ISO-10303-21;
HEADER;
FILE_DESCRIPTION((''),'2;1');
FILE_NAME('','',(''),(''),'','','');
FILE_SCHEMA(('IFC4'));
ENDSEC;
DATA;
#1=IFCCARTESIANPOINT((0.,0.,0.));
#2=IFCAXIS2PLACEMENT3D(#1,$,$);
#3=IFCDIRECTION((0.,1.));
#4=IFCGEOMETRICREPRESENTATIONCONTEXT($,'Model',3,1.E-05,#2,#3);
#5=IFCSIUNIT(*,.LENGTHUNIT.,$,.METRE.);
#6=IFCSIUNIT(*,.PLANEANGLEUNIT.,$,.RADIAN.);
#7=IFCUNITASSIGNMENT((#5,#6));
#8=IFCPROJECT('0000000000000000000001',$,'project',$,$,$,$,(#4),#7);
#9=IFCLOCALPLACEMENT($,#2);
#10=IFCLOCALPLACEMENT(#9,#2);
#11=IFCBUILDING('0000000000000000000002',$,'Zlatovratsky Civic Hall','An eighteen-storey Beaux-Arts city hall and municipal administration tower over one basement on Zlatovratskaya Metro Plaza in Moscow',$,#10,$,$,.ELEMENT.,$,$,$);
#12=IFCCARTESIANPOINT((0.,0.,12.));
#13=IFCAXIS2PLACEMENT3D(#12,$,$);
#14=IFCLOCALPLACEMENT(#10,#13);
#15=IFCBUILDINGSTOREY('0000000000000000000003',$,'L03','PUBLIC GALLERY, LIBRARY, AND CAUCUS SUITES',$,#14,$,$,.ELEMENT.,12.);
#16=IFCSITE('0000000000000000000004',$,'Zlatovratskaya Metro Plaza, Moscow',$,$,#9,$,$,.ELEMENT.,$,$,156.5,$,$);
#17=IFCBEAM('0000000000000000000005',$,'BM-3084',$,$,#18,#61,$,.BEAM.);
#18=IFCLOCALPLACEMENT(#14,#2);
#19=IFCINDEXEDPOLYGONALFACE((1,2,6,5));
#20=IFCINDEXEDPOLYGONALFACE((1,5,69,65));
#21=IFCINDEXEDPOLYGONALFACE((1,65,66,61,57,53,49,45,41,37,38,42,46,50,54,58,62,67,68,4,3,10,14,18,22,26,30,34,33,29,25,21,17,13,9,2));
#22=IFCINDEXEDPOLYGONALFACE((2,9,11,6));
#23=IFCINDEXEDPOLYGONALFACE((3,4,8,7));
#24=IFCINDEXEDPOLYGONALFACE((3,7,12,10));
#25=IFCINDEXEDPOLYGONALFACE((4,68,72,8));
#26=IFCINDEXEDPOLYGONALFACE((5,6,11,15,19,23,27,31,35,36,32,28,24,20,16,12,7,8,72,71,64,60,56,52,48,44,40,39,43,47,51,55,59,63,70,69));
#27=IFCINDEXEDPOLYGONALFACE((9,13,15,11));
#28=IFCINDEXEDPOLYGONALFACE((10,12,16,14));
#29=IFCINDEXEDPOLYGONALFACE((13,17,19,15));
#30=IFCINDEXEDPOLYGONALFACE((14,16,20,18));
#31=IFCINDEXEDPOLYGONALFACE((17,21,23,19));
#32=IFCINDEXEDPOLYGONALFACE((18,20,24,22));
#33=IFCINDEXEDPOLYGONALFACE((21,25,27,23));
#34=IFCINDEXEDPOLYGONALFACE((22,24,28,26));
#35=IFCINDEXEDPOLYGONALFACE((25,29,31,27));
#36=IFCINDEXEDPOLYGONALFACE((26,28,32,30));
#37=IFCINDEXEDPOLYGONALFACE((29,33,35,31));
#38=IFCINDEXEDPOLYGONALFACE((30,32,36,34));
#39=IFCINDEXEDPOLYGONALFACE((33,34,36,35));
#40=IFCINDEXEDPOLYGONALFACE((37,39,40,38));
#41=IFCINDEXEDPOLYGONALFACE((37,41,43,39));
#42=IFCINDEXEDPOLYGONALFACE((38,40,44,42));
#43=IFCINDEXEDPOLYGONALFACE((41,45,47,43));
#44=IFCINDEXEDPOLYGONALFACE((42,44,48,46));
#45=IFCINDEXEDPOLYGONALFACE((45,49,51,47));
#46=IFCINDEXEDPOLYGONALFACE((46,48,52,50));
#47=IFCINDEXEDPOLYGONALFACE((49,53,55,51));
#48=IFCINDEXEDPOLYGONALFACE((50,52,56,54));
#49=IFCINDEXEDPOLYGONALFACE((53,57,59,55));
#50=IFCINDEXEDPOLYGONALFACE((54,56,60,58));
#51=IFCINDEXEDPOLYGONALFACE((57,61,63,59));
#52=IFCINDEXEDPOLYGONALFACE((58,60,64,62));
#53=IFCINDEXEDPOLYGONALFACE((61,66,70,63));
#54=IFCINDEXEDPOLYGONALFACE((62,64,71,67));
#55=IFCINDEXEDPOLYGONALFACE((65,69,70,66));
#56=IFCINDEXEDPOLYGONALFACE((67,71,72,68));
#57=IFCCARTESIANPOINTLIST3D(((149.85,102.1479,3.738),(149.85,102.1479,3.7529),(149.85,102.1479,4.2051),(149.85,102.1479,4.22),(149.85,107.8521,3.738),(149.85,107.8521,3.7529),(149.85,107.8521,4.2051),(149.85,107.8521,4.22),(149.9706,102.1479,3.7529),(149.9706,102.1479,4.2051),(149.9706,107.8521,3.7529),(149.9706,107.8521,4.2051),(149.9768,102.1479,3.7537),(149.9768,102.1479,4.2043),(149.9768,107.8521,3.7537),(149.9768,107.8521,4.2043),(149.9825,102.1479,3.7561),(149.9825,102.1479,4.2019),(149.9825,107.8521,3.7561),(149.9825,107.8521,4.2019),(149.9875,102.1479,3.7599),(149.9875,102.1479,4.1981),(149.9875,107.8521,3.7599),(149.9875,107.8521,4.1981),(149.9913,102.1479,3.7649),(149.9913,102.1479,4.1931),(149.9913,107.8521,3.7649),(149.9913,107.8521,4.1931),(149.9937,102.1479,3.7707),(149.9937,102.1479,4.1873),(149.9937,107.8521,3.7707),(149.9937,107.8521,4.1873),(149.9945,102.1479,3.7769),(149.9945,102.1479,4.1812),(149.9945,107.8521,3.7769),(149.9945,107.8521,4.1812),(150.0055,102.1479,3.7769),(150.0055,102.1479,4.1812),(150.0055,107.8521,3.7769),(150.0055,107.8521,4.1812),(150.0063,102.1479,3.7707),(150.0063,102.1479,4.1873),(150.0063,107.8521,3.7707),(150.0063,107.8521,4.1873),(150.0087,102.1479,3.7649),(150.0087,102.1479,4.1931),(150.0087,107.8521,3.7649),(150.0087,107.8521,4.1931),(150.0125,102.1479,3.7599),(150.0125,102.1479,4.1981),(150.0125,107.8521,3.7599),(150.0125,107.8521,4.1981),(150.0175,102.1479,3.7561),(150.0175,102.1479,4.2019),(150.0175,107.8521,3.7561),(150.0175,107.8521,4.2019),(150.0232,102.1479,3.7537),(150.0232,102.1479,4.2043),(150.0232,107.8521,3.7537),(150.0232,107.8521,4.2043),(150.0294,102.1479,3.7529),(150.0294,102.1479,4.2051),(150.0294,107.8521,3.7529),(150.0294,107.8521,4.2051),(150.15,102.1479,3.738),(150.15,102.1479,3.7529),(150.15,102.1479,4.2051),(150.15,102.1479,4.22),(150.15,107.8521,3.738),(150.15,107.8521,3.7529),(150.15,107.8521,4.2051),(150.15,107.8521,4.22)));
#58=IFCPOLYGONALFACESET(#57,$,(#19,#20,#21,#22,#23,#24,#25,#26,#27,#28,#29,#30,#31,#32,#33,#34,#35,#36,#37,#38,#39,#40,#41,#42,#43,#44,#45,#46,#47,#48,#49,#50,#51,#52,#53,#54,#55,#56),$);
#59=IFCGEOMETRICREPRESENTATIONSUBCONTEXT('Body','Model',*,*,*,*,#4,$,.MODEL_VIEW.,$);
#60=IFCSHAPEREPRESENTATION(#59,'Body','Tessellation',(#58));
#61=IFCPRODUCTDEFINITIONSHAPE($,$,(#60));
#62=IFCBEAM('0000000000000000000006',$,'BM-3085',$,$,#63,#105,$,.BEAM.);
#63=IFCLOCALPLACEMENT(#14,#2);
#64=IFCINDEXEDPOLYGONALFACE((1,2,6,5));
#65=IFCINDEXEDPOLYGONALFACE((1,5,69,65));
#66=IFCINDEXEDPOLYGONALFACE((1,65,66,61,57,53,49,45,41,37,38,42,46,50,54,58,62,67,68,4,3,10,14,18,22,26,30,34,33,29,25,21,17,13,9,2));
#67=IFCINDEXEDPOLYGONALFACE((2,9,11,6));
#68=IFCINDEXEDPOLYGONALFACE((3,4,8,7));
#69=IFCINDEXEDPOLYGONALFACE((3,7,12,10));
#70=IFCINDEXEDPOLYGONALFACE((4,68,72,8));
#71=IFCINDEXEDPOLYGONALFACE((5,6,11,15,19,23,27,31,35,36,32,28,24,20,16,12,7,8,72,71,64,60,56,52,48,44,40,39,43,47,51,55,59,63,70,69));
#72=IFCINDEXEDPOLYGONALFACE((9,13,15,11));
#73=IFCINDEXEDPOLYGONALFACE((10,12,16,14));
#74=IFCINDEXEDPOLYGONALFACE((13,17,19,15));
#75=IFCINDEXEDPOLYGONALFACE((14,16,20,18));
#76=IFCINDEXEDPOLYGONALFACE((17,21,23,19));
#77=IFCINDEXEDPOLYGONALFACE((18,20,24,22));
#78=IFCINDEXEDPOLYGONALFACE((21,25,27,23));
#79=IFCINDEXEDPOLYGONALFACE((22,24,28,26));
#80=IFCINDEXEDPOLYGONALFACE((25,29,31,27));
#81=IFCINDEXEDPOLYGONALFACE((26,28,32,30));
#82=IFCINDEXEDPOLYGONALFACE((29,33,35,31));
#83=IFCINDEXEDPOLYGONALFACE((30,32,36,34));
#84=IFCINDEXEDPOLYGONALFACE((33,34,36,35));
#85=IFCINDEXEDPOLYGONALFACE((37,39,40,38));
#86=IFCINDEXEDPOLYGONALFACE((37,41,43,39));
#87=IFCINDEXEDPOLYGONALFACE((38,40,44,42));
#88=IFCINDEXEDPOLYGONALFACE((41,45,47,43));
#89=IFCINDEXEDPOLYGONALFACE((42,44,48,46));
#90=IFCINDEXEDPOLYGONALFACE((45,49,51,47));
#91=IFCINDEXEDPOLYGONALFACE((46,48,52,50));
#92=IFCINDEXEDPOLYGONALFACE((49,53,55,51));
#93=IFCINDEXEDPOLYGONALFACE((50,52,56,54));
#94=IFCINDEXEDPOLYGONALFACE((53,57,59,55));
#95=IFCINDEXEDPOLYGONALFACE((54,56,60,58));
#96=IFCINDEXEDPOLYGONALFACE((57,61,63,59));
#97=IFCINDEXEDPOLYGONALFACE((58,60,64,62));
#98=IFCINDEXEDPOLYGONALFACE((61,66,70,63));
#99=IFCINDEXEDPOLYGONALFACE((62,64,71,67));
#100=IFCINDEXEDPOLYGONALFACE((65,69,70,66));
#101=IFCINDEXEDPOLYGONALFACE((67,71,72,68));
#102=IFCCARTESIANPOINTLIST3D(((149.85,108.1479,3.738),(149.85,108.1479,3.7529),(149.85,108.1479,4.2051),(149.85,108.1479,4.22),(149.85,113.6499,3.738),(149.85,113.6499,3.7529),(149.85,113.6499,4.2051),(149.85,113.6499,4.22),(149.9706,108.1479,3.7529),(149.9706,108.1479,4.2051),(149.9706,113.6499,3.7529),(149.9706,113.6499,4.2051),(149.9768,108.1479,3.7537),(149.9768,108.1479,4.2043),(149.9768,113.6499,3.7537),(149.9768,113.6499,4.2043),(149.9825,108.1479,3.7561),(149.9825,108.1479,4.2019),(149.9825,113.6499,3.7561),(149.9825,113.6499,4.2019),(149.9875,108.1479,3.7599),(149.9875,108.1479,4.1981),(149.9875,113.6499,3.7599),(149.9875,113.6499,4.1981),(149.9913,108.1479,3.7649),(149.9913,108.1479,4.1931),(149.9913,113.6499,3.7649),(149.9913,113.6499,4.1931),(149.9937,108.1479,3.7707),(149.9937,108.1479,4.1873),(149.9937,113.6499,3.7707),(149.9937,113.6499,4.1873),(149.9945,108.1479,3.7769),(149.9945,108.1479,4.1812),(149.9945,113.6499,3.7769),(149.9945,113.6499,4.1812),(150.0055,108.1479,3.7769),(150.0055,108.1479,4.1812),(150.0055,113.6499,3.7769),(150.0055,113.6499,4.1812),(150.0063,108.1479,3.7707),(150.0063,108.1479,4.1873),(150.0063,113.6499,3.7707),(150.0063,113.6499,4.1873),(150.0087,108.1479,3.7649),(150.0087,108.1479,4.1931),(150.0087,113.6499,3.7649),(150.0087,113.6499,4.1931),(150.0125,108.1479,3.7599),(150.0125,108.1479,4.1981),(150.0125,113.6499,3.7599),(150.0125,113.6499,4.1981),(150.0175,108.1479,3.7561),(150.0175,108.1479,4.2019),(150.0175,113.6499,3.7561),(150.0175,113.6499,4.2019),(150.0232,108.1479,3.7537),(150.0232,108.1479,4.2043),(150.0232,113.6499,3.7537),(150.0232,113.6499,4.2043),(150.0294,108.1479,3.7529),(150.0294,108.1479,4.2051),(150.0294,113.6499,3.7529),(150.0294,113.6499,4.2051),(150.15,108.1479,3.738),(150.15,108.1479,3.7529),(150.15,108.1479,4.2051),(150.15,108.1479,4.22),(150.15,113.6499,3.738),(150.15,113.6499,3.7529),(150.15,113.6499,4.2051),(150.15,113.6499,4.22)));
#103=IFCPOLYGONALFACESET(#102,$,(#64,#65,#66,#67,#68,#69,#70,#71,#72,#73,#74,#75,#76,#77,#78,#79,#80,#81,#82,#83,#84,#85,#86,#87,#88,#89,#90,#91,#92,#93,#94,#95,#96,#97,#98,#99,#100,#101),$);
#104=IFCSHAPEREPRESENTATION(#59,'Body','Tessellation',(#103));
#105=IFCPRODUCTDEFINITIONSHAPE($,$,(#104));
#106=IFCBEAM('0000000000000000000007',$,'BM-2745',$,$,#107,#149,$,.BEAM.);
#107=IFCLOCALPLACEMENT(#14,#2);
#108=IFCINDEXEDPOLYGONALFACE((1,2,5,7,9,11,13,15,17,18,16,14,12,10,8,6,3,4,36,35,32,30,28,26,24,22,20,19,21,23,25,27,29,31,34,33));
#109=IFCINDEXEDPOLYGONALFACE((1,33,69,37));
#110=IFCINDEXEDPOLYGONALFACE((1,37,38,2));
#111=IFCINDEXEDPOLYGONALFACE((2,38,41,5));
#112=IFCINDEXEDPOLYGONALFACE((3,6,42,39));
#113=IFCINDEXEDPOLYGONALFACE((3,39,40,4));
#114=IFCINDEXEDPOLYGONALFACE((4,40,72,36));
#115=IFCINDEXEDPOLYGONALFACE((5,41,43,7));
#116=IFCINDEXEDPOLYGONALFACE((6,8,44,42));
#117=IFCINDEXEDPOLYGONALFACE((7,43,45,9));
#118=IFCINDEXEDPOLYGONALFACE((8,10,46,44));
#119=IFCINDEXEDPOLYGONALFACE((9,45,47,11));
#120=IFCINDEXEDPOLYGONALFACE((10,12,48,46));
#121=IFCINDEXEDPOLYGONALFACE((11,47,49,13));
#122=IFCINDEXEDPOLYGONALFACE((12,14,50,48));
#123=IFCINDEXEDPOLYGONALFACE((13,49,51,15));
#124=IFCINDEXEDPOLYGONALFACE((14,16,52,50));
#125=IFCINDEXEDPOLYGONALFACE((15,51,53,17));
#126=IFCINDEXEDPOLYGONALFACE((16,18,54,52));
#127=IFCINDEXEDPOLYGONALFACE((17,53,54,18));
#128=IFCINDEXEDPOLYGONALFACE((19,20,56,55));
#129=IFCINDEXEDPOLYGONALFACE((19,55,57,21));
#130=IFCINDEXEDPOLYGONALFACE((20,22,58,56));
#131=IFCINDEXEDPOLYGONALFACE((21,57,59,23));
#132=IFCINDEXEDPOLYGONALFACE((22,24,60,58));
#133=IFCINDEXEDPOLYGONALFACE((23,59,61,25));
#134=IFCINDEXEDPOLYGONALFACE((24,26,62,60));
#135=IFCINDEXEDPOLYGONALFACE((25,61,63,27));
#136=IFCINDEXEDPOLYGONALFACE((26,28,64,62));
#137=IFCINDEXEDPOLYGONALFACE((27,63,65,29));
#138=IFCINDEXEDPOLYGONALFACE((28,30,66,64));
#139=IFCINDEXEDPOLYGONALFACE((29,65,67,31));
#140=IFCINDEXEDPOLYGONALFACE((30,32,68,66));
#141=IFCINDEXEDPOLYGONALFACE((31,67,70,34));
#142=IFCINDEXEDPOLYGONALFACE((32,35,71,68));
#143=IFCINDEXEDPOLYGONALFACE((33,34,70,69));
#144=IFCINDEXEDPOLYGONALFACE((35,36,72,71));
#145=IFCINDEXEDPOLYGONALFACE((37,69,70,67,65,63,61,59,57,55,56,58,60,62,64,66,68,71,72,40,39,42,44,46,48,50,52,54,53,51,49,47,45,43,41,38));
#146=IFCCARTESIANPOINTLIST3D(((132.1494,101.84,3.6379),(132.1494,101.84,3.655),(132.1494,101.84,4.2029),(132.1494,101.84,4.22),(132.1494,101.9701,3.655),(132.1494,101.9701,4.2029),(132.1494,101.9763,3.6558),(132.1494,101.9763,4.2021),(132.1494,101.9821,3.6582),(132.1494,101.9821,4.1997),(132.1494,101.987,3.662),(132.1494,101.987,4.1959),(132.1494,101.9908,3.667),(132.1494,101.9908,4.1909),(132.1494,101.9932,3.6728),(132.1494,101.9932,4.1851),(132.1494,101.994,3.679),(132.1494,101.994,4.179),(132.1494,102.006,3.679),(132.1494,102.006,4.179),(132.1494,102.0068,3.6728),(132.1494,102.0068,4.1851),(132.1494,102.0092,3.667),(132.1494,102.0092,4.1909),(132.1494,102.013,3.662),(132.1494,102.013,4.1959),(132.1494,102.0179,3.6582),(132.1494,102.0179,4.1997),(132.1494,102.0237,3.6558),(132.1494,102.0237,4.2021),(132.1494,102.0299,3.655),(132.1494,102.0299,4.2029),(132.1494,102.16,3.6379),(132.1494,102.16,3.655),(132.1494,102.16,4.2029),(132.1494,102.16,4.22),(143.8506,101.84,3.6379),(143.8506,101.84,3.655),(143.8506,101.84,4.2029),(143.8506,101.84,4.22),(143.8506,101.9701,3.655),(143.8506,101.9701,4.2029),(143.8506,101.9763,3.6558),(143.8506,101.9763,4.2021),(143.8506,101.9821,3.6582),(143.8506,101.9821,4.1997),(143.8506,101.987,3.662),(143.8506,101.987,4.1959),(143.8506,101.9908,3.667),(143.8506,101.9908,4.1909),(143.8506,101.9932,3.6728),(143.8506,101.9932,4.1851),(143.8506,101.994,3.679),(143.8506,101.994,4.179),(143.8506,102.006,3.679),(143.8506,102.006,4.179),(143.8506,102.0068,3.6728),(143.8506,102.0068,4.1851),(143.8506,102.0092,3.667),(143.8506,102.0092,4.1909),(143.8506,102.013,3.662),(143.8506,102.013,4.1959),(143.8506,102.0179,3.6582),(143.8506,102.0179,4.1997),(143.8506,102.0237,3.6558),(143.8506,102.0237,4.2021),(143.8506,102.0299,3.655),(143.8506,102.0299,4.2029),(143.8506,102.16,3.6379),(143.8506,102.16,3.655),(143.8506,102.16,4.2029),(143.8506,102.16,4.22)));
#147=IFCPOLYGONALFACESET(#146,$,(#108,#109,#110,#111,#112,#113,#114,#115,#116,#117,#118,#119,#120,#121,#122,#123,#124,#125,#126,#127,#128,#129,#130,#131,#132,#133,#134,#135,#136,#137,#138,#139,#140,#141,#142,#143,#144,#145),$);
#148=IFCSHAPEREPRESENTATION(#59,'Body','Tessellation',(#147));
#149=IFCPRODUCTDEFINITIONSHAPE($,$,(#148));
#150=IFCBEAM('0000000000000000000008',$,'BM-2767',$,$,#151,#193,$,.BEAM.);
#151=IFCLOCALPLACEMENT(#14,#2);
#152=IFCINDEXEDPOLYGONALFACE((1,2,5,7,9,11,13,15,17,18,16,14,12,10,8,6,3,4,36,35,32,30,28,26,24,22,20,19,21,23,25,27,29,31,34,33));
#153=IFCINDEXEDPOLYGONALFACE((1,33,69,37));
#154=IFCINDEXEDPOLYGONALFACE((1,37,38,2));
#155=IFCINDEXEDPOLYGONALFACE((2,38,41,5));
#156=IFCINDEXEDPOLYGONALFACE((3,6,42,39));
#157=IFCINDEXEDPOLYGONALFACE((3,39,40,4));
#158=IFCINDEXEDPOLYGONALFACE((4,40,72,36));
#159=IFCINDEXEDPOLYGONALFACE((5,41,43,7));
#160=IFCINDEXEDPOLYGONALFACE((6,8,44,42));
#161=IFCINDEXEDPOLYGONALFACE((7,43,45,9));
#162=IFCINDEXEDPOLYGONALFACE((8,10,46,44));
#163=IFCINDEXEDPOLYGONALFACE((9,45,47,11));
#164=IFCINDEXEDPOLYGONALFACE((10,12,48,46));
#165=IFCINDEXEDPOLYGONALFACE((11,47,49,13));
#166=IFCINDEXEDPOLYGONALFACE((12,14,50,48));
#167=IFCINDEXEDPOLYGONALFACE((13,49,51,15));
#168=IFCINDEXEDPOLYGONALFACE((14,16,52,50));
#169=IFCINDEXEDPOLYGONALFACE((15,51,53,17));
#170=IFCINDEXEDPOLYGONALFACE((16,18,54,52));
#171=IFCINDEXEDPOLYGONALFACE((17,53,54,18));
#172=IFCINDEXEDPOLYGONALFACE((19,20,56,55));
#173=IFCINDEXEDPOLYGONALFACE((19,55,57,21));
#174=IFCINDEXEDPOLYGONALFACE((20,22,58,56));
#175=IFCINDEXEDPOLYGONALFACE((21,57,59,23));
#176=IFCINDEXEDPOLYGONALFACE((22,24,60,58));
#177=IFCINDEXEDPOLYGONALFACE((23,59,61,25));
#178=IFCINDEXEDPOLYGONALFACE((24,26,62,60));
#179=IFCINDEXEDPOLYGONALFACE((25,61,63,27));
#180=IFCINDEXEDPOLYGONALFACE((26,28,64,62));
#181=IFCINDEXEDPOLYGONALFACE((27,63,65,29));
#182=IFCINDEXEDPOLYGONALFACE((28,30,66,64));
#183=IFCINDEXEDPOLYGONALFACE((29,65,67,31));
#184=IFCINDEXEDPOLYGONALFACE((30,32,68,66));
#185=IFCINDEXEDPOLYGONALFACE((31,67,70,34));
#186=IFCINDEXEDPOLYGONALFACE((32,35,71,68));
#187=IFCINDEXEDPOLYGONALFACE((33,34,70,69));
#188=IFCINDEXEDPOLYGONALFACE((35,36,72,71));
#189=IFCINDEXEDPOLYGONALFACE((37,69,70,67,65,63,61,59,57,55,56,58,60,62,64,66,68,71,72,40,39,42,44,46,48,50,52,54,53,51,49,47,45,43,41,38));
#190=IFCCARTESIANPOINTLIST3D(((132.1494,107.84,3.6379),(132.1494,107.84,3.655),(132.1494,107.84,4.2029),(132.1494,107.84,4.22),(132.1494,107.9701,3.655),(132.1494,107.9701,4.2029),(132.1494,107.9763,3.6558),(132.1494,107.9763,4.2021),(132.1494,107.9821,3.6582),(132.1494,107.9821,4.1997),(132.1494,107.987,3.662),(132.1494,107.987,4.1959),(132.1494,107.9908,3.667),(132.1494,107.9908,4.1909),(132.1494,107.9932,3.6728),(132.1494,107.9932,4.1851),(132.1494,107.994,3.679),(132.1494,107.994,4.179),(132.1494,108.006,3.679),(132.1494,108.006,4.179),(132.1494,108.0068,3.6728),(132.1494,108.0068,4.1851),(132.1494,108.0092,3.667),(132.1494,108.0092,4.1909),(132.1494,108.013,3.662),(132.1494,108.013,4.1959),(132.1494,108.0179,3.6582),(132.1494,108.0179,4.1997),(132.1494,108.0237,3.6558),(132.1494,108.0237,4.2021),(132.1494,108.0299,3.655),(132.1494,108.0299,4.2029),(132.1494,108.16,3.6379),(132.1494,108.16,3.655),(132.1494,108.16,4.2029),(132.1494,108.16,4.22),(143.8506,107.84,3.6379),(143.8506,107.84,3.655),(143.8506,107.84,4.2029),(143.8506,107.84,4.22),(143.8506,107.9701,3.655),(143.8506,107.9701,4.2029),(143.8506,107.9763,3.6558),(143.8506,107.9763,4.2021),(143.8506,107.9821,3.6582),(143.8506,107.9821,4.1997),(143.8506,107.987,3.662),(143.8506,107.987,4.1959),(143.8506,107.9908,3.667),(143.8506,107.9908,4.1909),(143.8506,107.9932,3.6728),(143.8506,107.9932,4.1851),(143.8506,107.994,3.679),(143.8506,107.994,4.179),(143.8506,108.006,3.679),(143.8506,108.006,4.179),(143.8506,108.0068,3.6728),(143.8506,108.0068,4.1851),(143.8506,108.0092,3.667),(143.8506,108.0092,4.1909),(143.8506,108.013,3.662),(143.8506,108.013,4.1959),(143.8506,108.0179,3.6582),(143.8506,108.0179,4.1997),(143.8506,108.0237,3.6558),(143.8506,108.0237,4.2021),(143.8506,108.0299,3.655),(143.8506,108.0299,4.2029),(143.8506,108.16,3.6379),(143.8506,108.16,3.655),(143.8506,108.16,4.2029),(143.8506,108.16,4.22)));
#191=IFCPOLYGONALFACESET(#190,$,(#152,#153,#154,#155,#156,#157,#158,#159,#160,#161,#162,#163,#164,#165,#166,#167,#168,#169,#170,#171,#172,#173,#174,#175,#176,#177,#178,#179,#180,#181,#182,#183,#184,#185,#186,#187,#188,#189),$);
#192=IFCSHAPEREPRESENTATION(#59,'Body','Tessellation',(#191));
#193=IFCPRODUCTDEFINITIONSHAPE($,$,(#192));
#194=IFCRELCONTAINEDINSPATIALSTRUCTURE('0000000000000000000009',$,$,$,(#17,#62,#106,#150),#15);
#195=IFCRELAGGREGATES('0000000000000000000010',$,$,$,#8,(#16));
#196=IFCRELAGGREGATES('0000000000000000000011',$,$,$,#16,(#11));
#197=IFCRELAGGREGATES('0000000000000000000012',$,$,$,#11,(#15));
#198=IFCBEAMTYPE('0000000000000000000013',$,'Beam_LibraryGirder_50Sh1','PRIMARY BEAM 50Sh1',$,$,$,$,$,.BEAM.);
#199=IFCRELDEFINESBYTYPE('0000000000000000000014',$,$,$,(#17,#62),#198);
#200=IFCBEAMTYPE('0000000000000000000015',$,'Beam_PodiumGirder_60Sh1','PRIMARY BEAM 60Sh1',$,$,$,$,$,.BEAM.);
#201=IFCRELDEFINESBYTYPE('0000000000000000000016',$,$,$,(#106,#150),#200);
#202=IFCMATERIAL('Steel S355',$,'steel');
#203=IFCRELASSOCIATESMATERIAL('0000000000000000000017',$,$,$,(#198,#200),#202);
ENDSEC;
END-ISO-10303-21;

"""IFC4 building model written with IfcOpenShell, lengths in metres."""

from ifc_helpers import new_model, si_unit, direction, frame, origin, origin_2d, place, context, subcontext, project, spatial, i_section, extrude, material, material_profile, profile_set, type_object, element, save


model = new_model("IFC4")

# Units and contexts
model_context = context("Model", 3, precision=1e-05, world=origin(), true_north=direction((0.0, 1.0)))
body_context = subcontext(model_context, "Body", "Model", "MODEL_VIEW")
ifc_project = project(units=[si_unit("LENGTHUNIT", "METRE"), si_unit("PLANEANGLEUNIT", "RADIAN")], contexts=[model_context])

# Site, building, storey
site_placement = place(None, origin())
site = spatial("IfcSite", under=ifc_project, at=site_placement, Name="Zlatovratskaya Metro Plaza, Moscow", CompositionType="ELEMENT", RefElevation=156.5)
building_placement = place(site_placement, origin())
building = spatial("IfcBuilding", under=site, at=building_placement, Name="Zlatovratsky Civic Hall", Description="An eighteen-storey Beaux-Arts city hall and municipal administration tower over one basement on Zlatovratskaya Metro Plaza in Moscow", CompositionType="ELEMENT")
storey_placement = place(building_placement, frame((0.0, 0.0, 12.0)))
storey = spatial("IfcBuildingStorey", under=building, at=storey_placement, Name="L03", Description="PUBLIC GALLERY, LIBRARY, AND CAUCUS SUITES", CompositionType="ELEMENT", Elevation=12.0)

# Shared definitions
ifc_material_1 = material(Name="Steel S355", Category="steel")

# Beams
ifc_material_profile_1 = material_profile(ifc_material_1, i_section(OverallWidth=0.3, OverallDepth=0.4819, WebThickness=0.011, FlangeThickness=0.0149, FilletRadius=0.0239, at=origin_2d()), Name="50Sh1")
ifc_profile_set_1 = profile_set([ifc_material_profile_1], Name="Steel S355")
beam_type_1 = type_object("IfcBeamType", Name="Beam_LibraryGirder_50Sh1", Description="PRIMARY BEAM 50Sh1", PredefinedType="BEAM", material=ifc_profile_set_1)
beam_1_placement = place(storey_placement, frame((150.0, 102.1479, 3.979), z_axis=(0.0, 1.0, 0.0), x_axis=(-1.0, 0.0, 0.0)))
element("IfcBeam", 1, at=beam_1_placement, inside=storey, type_object=beam_type_1, Name="BM-3084", PredefinedType="BEAM", context=body_context, shape_type="SweptSolid", body=[
    extrude(i_section(OverallWidth=0.3, OverallDepth=0.4819, WebThickness=0.011, FlangeThickness=0.0149, FilletRadius=0.0239, at=origin_2d()), origin(), (0.0, 0.0, 1.0), 5.7041),
])
beam_2_placement = place(storey_placement, frame((150.0, 108.1479, 3.979), z_axis=(0.0, 1.0, 0.0), x_axis=(-1.0, 0.0, 0.0)))
element("IfcBeam", 2, at=beam_2_placement, inside=storey, type_object=beam_type_1, Name="BM-3085", PredefinedType="BEAM", context=body_context, shape_type="SweptSolid", body=[
    extrude(i_section(OverallWidth=0.3, OverallDepth=0.4819, WebThickness=0.011, FlangeThickness=0.0149, FilletRadius=0.0239, at=origin_2d()), origin(), (0.0, 0.0, 1.0), 5.502),
])
ifc_material_profile_2 = material_profile(ifc_material_1, i_section(OverallWidth=0.3201, OverallDepth=0.582, WebThickness=0.012, FlangeThickness=0.0171, FilletRadius=0.0239, at=origin_2d()), Name="60Sh1")
ifc_profile_set_2 = profile_set([ifc_material_profile_2], Name="Steel S355")
beam_type_2 = type_object("IfcBeamType", Name="Beam_PodiumGirder_60Sh1", Description="PRIMARY BEAM 60Sh1", PredefinedType="BEAM", material=ifc_profile_set_2)
for number, where, z_axis, x_axis, name in (
    (3, (132.1494, 102.0, 3.929), (1.0, 0.0, 0.0), (0.0, 1.0, 0.0), "BM-2745"),
    (4, (132.1494, 108.0, 3.929), (1.0, 0.0, 0.0), (0.0, 1.0, 0.0), "BM-2767"),
):
    element("IfcBeam", number, at=place(storey_placement, frame(where, z_axis=z_axis, x_axis=x_axis)), inside=storey, type_object=beam_type_2, Name=name, PredefinedType="BEAM", context=body_context, shape_type="SweptSolid", body=[
        extrude(i_section(OverallWidth=0.3201, OverallDepth=0.582, WebThickness=0.012, FlangeThickness=0.0171, FilletRadius=0.0239, at=origin_2d()), origin(), (0.0, 0.0, 1.0), 11.7012),
    ])

save(model, "model.ifc")
